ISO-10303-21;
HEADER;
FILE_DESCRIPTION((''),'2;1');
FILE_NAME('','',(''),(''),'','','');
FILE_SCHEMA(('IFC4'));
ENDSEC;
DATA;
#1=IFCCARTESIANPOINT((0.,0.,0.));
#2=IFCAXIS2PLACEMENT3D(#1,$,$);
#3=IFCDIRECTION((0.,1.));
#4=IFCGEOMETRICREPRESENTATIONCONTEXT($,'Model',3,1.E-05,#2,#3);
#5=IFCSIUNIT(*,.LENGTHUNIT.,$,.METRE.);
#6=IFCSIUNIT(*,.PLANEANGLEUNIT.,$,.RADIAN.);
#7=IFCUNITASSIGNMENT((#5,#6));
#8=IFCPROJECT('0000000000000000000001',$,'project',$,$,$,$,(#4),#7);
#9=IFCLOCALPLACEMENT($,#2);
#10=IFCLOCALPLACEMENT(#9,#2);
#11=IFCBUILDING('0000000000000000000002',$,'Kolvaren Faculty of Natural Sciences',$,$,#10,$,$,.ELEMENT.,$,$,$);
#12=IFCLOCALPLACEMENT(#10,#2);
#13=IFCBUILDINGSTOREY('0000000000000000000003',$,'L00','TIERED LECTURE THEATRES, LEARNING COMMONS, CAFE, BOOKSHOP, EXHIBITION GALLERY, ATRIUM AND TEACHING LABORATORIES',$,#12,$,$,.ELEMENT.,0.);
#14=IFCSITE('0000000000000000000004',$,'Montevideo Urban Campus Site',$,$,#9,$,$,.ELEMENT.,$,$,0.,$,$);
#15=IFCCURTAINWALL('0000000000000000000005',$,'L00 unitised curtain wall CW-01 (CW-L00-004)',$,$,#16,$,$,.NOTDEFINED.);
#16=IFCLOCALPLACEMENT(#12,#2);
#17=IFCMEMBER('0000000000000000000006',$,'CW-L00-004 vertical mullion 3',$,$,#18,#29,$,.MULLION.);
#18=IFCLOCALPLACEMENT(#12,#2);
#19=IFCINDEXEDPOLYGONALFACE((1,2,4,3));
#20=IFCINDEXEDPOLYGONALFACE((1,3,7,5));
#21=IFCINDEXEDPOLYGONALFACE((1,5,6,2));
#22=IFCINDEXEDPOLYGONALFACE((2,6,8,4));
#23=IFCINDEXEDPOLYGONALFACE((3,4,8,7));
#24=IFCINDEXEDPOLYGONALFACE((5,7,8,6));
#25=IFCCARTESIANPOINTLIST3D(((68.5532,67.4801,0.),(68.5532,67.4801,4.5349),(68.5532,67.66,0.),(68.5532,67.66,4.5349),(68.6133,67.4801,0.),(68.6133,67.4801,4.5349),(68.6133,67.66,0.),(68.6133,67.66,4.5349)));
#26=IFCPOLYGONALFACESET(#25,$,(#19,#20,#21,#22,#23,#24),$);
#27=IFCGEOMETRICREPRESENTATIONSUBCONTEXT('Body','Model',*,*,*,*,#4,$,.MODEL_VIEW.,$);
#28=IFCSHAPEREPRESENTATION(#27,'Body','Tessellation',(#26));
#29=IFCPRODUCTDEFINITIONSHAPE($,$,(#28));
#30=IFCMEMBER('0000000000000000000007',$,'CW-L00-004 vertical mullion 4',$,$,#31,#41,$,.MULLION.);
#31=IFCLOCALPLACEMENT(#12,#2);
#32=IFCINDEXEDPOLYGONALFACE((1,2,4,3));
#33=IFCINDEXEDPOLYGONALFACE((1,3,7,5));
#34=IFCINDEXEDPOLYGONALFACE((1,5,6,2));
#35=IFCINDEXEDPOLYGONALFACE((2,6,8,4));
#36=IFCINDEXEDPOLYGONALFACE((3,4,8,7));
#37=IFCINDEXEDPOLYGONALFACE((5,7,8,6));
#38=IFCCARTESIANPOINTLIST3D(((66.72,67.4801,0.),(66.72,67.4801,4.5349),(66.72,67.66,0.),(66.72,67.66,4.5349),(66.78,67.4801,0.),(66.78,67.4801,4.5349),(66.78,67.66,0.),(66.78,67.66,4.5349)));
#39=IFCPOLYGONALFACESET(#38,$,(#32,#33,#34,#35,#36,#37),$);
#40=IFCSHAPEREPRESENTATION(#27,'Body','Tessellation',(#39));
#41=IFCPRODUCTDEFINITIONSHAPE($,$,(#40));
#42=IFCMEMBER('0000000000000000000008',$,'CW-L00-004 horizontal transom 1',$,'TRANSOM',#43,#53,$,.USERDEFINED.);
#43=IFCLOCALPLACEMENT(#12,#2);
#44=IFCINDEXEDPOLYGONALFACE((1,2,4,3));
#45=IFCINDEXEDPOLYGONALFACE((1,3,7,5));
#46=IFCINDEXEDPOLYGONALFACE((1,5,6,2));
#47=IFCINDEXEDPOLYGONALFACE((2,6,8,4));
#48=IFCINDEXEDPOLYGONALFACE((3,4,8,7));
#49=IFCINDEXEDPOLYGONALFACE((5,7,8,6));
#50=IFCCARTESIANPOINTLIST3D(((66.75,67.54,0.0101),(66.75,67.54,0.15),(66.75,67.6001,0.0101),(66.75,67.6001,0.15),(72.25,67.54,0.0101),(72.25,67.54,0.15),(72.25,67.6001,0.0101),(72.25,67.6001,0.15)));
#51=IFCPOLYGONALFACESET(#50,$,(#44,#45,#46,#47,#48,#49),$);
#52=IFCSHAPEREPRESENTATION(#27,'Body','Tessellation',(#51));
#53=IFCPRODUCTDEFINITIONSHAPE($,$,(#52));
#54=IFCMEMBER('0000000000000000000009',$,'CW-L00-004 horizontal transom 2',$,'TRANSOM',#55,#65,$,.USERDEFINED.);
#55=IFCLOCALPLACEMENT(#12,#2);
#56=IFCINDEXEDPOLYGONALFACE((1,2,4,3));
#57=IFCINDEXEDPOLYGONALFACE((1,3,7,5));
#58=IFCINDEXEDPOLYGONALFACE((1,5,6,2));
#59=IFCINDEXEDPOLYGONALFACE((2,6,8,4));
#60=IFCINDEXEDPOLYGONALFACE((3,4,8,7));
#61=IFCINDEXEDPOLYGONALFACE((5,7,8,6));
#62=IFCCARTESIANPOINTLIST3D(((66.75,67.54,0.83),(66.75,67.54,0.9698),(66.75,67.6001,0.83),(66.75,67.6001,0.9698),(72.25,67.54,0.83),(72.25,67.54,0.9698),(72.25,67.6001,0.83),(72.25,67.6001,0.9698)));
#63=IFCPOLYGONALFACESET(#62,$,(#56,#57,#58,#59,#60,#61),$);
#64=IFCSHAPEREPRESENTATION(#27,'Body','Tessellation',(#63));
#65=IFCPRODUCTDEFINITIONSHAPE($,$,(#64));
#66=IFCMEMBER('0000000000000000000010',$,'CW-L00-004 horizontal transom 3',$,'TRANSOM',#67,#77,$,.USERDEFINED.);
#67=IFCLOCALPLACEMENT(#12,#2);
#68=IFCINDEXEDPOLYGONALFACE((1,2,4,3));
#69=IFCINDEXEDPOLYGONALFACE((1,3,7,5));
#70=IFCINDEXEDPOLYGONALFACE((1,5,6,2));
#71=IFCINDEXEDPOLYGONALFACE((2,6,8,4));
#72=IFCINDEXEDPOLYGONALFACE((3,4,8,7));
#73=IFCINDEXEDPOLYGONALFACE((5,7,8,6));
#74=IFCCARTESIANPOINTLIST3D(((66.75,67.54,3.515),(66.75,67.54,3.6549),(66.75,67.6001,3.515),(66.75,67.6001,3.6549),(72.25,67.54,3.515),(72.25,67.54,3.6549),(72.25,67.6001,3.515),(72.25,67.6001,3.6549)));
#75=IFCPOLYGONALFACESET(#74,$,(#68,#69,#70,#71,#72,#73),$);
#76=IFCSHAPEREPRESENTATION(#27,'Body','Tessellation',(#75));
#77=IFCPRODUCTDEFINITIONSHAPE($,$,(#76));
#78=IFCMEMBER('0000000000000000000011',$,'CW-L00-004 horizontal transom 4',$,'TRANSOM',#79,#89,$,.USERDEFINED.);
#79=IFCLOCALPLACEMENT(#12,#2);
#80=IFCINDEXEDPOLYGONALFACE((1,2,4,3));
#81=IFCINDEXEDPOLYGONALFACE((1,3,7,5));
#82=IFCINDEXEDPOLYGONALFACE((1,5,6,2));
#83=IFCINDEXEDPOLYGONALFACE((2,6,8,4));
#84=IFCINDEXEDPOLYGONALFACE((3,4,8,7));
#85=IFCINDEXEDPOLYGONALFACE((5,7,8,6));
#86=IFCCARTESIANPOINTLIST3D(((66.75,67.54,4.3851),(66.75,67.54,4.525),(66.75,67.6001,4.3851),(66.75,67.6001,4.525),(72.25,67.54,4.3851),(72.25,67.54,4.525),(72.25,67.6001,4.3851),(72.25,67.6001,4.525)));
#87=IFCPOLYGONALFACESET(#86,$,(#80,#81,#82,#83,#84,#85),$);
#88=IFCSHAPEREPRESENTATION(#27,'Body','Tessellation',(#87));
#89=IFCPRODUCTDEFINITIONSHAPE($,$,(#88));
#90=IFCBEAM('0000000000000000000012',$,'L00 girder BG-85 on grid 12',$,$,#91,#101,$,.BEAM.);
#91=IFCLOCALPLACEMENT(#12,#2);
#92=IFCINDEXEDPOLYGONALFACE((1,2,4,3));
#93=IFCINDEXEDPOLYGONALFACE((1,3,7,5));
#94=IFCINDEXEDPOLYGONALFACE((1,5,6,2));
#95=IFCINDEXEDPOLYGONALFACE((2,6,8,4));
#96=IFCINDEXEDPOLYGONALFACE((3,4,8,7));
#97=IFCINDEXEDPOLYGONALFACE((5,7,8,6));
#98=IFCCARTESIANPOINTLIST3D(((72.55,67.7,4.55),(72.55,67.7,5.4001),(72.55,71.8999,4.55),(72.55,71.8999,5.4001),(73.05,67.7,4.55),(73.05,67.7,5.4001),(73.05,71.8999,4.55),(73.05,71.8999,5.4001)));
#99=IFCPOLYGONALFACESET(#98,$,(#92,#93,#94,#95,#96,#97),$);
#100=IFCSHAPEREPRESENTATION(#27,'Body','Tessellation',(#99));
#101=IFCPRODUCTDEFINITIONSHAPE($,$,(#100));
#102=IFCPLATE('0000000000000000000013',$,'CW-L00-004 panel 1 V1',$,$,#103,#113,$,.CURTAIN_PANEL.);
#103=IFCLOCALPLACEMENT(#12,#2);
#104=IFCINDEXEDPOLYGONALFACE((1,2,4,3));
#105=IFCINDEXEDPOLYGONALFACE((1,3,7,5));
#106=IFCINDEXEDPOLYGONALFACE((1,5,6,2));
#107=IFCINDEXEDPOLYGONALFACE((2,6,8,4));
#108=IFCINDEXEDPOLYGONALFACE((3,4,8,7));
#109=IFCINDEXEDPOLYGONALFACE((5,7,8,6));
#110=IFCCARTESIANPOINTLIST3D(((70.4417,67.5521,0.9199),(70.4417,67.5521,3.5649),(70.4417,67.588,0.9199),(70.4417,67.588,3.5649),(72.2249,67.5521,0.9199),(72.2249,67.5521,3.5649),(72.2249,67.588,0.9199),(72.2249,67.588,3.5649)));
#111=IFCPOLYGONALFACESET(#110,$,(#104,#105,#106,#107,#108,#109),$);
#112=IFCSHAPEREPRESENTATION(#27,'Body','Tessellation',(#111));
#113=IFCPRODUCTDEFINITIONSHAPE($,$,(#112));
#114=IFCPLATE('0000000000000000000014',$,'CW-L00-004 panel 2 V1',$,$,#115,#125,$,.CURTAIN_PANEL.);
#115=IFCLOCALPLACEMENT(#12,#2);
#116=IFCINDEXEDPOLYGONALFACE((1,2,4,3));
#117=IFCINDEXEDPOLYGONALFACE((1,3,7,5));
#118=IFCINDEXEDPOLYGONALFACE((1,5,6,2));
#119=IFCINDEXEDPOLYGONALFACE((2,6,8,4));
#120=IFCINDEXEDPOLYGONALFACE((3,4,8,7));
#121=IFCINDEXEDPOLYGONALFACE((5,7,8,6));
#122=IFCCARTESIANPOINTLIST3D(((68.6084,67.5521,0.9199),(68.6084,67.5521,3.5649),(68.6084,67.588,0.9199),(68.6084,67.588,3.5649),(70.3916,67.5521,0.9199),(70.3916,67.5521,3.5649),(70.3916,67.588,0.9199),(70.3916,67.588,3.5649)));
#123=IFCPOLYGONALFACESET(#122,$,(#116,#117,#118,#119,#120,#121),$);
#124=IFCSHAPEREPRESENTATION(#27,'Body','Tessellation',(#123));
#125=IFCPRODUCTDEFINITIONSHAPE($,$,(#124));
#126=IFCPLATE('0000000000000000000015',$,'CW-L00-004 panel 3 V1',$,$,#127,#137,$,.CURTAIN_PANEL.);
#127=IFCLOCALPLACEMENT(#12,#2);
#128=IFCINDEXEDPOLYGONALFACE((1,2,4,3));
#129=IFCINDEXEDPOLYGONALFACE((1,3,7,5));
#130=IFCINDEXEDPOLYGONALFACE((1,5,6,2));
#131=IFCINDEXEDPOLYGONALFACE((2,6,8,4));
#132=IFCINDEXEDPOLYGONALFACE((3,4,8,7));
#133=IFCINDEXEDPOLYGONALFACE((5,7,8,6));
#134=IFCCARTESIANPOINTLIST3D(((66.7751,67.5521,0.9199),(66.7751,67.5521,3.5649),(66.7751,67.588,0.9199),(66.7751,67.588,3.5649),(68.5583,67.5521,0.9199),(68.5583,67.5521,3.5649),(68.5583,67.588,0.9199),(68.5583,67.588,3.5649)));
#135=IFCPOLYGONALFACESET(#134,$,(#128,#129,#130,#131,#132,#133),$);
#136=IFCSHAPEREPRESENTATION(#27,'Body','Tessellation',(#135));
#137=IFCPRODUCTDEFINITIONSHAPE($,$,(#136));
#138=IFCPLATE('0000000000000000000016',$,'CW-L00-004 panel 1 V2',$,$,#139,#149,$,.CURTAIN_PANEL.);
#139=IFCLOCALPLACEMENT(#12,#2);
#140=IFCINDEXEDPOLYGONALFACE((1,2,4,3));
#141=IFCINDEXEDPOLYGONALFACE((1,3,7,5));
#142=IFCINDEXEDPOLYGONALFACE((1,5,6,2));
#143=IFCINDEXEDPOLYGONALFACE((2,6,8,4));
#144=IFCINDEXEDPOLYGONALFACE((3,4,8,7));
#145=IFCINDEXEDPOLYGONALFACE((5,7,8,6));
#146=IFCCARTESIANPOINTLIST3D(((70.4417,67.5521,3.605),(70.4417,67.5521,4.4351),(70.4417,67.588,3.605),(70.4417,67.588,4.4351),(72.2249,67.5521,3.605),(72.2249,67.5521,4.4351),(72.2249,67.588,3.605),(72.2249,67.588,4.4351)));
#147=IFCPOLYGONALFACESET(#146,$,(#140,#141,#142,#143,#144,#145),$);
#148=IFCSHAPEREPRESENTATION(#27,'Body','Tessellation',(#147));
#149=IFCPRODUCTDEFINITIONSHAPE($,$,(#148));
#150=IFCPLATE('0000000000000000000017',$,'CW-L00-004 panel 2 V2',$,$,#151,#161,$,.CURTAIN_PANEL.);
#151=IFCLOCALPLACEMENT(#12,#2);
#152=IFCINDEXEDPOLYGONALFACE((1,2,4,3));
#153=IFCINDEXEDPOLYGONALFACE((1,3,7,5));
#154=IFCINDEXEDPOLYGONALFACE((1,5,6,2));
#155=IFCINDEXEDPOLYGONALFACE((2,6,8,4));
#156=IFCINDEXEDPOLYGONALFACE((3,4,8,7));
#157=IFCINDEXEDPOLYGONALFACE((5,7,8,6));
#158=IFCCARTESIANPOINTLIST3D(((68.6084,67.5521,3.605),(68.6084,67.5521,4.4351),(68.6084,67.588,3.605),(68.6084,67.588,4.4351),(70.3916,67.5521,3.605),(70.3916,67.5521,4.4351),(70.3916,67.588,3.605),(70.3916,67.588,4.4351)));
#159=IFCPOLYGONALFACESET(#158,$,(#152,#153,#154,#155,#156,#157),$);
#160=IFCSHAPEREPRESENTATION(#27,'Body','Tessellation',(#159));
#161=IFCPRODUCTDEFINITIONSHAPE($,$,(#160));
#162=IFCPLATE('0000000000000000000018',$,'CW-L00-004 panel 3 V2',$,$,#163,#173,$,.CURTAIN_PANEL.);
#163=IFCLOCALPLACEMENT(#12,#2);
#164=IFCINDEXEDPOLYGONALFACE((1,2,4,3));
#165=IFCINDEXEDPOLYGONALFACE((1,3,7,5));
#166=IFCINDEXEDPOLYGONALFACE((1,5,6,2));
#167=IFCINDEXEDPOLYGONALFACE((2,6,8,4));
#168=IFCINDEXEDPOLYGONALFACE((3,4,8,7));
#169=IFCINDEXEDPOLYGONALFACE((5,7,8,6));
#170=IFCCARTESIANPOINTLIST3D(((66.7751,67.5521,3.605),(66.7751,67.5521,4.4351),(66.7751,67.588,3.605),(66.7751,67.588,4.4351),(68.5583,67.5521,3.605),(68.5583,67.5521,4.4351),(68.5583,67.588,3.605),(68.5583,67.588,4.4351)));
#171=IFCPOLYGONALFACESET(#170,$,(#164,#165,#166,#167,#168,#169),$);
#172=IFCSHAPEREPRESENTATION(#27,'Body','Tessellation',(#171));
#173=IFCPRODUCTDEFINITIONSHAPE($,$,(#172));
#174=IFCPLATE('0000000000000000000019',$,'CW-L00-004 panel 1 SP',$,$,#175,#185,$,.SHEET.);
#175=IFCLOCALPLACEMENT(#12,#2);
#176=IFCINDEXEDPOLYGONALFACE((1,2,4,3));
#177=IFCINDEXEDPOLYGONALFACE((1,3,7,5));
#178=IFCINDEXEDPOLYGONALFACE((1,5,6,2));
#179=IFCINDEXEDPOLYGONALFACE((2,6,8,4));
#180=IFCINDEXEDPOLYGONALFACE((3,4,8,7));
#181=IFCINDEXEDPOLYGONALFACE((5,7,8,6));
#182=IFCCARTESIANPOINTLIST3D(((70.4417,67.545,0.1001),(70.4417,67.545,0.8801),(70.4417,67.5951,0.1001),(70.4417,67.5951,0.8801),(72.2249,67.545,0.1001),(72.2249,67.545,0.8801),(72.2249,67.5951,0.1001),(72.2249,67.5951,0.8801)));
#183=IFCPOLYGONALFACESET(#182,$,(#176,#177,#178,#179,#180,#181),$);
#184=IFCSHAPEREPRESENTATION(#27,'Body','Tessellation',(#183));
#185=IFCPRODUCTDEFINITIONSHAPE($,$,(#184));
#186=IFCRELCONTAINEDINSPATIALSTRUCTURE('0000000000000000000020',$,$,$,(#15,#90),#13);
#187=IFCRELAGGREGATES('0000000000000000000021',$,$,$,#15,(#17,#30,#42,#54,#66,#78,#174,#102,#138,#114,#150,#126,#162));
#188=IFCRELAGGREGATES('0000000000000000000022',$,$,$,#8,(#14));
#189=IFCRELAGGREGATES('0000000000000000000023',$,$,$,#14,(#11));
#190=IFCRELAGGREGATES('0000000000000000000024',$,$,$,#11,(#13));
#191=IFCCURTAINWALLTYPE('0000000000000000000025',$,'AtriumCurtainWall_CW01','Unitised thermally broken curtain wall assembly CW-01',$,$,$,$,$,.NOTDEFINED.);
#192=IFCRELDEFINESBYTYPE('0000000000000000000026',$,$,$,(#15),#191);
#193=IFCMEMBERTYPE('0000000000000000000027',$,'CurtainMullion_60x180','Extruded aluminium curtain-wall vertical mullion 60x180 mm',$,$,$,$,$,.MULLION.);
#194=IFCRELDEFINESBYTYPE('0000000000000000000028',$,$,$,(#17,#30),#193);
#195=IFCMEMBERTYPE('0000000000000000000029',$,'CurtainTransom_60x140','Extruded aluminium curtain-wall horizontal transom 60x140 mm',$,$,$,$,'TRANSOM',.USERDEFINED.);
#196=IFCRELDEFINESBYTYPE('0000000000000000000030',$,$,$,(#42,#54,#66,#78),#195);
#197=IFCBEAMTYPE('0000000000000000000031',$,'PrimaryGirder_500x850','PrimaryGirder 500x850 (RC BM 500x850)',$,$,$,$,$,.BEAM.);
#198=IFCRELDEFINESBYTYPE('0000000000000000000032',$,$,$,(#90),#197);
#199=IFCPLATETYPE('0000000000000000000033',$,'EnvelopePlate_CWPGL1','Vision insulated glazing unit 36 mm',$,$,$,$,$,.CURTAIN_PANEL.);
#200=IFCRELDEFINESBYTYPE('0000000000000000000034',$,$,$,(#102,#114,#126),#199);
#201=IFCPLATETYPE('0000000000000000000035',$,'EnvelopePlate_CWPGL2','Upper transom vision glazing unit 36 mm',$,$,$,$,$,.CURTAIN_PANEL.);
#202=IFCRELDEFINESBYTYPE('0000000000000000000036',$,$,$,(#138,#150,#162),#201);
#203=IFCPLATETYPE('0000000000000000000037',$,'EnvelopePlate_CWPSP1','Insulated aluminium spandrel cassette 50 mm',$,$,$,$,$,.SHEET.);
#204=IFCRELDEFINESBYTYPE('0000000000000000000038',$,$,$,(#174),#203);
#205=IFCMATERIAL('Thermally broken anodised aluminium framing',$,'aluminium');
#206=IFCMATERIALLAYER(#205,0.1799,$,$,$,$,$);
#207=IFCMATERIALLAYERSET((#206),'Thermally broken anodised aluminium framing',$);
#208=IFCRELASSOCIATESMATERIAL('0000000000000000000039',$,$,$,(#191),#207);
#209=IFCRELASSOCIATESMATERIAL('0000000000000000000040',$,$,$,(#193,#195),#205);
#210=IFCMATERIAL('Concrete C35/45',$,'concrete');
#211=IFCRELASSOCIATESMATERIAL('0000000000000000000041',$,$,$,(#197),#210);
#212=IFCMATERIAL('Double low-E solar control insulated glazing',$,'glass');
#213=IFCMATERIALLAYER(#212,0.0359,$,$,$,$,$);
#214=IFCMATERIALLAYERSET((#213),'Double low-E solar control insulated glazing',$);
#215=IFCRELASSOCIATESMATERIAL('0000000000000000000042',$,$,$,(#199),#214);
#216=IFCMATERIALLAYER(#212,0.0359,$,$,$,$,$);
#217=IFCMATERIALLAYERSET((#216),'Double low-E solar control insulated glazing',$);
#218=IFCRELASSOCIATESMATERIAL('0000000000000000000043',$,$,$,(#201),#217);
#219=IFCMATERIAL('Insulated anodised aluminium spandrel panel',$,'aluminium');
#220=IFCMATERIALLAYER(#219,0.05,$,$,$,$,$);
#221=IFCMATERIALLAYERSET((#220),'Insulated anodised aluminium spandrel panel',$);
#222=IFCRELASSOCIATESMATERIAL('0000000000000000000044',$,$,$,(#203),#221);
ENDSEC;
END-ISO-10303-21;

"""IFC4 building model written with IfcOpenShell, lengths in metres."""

from ifc_helpers import new_model, si_unit, direction, frame, origin, origin_2d, place, context, subcontext, project, spatial, rectangle, extrude, material, layer, layer_set, material_profile, profile_set, type_object, element, aggregate, save


model = new_model("IFC4")

# Units and contexts
model_context = context("Model", 3, precision=1e-05, world=origin(), true_north=direction((0.0, 1.0)))
body_context = subcontext(model_context, "Body", "Model", "MODEL_VIEW")
ifc_project = project(units=[si_unit("LENGTHUNIT", "METRE"), si_unit("PLANEANGLEUNIT", "RADIAN")], contexts=[model_context])

# Site, building, storey
site_placement = place(None, origin())
site = spatial("IfcSite", under=ifc_project, at=site_placement, Name="Montevideo Urban Campus Site", CompositionType="ELEMENT", RefElevation=0.0)
building_placement = place(site_placement, origin())
building = spatial("IfcBuilding", under=site, at=building_placement, Name="Kolvaren Faculty of Natural Sciences", CompositionType="ELEMENT")
storey_placement = place(building_placement, origin())
storey = spatial("IfcBuildingStorey", under=building, at=storey_placement, Name="L00", Description="TIERED LECTURE THEATRES, LEARNING COMMONS, CAFE, BOOKSHOP, EXHIBITION GALLERY, ATRIUM AND TEACHING LABORATORIES", CompositionType="ELEMENT", Elevation=0.0)

# Shared definitions
ifc_material_1 = material(Name="Concrete C35/45", Category="concrete")

# Curtain wall, members
ifc_material_2 = material(Name="Thermally broken anodised aluminium framing", Category="aluminium")
ifc_layer_1 = layer(ifc_material_2, 0.1799)
ifc_layer_set_1 = layer_set([ifc_layer_1], Name="Thermally broken anodised aluminium framing")
curtain_wall_type = type_object("IfcCurtainWallType", Name="AtriumCurtainWall_CW01", Description="Unitised thermally broken curtain wall assembly CW-01", PredefinedType="NOTDEFINED", material=ifc_layer_set_1)
curtain_wall_placement = place(storey_placement, origin())
curtain_wall = element("IfcCurtainWall", 1, at=curtain_wall_placement, inside=storey, type_object=curtain_wall_type, Name="L00 unitised curtain wall CW-01 (CW-L00-004)", PredefinedType="NOTDEFINED")
ifc_material_profile_1 = material_profile(ifc_material_2, rectangle(XDim=0.0601, YDim=0.1799, at=origin_2d()), Name="ALU MUL 60x180")
ifc_profile_set_1 = profile_set([ifc_material_profile_1], Name="Thermally broken anodised aluminium framing")
member_type_1 = type_object("IfcMemberType", Name="CurtainMullion_60x180", Description="Extruded aluminium curtain-wall vertical mullion 60x180 mm", PredefinedType="MULLION", material=ifc_profile_set_1)
member_1_placement = place(storey_placement, frame((68.5833, 67.5701, 0.0), z_axis=(0.0, 0.0, 1.0), x_axis=(-1.0, 0.0, 0.0)))
member_1 = element("IfcMember", 2, at=member_1_placement, type_object=member_type_1, Name="CW-L00-004 vertical mullion 3", PredefinedType="MULLION", context=body_context, shape_type="SweptSolid", body=[
    extrude(rectangle(XDim=0.0601, YDim=0.1799, at=origin_2d()), origin(), (0.0, 0.0, 1.0), 4.5349),
])
member_2_placement = place(storey_placement, frame((66.75, 67.5701, 0.0), z_axis=(0.0, 0.0, 1.0), x_axis=(-1.0, 0.0, 0.0)))
member_2 = element("IfcMember", 3, at=member_2_placement, type_object=member_type_1, Name="CW-L00-004 vertical mullion 4", PredefinedType="MULLION", context=body_context, shape_type="SweptSolid", body=[
    extrude(rectangle(XDim=0.0601, YDim=0.1799, at=origin_2d()), origin(), (0.0, 0.0, 1.0), 4.5349),
])
ifc_material_profile_2 = material_profile(ifc_material_2, rectangle(XDim=0.0601, YDim=0.1399, at=origin_2d()), Name="ALU TRN 60x140")
ifc_profile_set_2 = profile_set([ifc_material_profile_2], Name="Thermally broken anodised aluminium framing")
member_type_2 = type_object("IfcMemberType", Name="CurtainTransom_60x140", Description="Extruded aluminium curtain-wall horizontal transom 60x140 mm", ElementType="TRANSOM", PredefinedType="USERDEFINED", material=ifc_profile_set_2)
member_3_placement = place(storey_placement, frame((72.25, 67.5701, 0.0801), z_axis=(-1.0, 0.0, 0.0), x_axis=(0.0, -1.0, 0.0)))
member_3 = element("IfcMember", 4, at=member_3_placement, type_object=member_type_2, Name="CW-L00-004 horizontal transom 1", ObjectType="TRANSOM", PredefinedType="USERDEFINED", context=body_context, shape_type="SweptSolid", body=[
    extrude(rectangle(XDim=0.0601, YDim=0.1399, at=origin_2d()), origin(), (0.0, 0.0, 1.0), 5.5),
])
member_4_placement = place(storey_placement, frame((72.25, 67.5701, 0.8999), z_axis=(-1.0, 0.0, 0.0), x_axis=(0.0, -1.0, 0.0)))
member_4 = element("IfcMember", 5, at=member_4_placement, type_object=member_type_2, Name="CW-L00-004 horizontal transom 2", ObjectType="TRANSOM", PredefinedType="USERDEFINED", context=body_context, shape_type="SweptSolid", body=[
    extrude(rectangle(XDim=0.0601, YDim=0.1399, at=origin_2d()), origin(), (0.0, 0.0, 1.0), 5.5),
])
member_5_placement = place(storey_placement, frame((72.25, 67.5701, 3.585), z_axis=(-1.0, 0.0, 0.0), x_axis=(0.0, -1.0, 0.0)))
member_5 = element("IfcMember", 6, at=member_5_placement, type_object=member_type_2, Name="CW-L00-004 horizontal transom 3", ObjectType="TRANSOM", PredefinedType="USERDEFINED", context=body_context, shape_type="SweptSolid", body=[
    extrude(rectangle(XDim=0.0601, YDim=0.1399, at=origin_2d()), origin(), (0.0, 0.0, 1.0), 5.5),
])
member_6_placement = place(storey_placement, frame((72.25, 67.5701, 4.4551), z_axis=(-1.0, 0.0, 0.0), x_axis=(0.0, -1.0, 0.0)))
member_6 = element("IfcMember", 7, at=member_6_placement, type_object=member_type_2, Name="CW-L00-004 horizontal transom 4", ObjectType="TRANSOM", PredefinedType="USERDEFINED", context=body_context, shape_type="SweptSolid", body=[
    extrude(rectangle(XDim=0.0601, YDim=0.1399, at=origin_2d()), origin(), (0.0, 0.0, 1.0), 5.5),
])

# Beam
ifc_material_profile_3 = material_profile(ifc_material_1, rectangle(XDim=0.5, YDim=0.8501, at=origin_2d()), Name="RC BM 500x850")
ifc_profile_set_3 = profile_set([ifc_material_profile_3], Name="Concrete C35/45")
beam_type = type_object("IfcBeamType", Name="PrimaryGirder_500x850", Description="PrimaryGirder 500x850 (RC BM 500x850)", PredefinedType="BEAM", material=ifc_profile_set_3)
beam_placement = place(storey_placement, frame((72.8, 67.7, 4.9751), z_axis=(0.0, 1.0, 0.0), x_axis=(-1.0, 0.0, 0.0)))
element("IfcBeam", 8, at=beam_placement, inside=storey, type_object=beam_type, Name="L00 girder BG-85 on grid 12", PredefinedType="BEAM", context=body_context, shape_type="SweptSolid", body=[
    extrude(rectangle(XDim=0.5, YDim=0.8501, at=origin_2d()), origin(), (0.0, 0.0, 1.0), 4.2),
])

# Plates
ifc_material_3 = material(Name="Double low-E solar control insulated glazing", Category="glass")
ifc_layer_2 = layer(ifc_material_3, 0.0359)
ifc_layer_set_2 = layer_set([ifc_layer_2], Name="Double low-E solar control insulated glazing")
plate_type_1 = type_object("IfcPlateType", Name="EnvelopePlate_CWPGL1", Description="Vision insulated glazing unit 36 mm", PredefinedType="CURTAIN_PANEL", material=ifc_layer_set_2)
plate_1_placement = place(storey_placement, frame((71.3333, 67.5701, 0.9199), z_axis=(0.0, 0.0, 1.0), x_axis=(-1.0, 0.0, 0.0)))
plate_1 = element("IfcPlate", 9, at=plate_1_placement, type_object=plate_type_1, Name="CW-L00-004 panel 1 V1", PredefinedType="CURTAIN_PANEL", context=body_context, shape_type="SweptSolid", body=[
    extrude(rectangle(XDim=1.7832, YDim=0.0359, at=origin_2d()), origin(), (0.0, 0.0, 1.0), 2.645),
])
plate_2_placement = place(storey_placement, frame((69.5, 67.5701, 0.9199), z_axis=(0.0, 0.0, 1.0), x_axis=(-1.0, 0.0, 0.0)))
plate_2 = element("IfcPlate", 10, at=plate_2_placement, type_object=plate_type_1, Name="CW-L00-004 panel 2 V1", PredefinedType="CURTAIN_PANEL", context=body_context, shape_type="SweptSolid", body=[
    extrude(rectangle(XDim=1.7832, YDim=0.0359, at=origin_2d()), origin(), (0.0, 0.0, 1.0), 2.645),
])
plate_3_placement = place(storey_placement, frame((67.6667, 67.5701, 0.9199), z_axis=(0.0, 0.0, 1.0), x_axis=(-1.0, 0.0, 0.0)))
plate_3 = element("IfcPlate", 11, at=plate_3_placement, type_object=plate_type_1, Name="CW-L00-004 panel 3 V1", PredefinedType="CURTAIN_PANEL", context=body_context, shape_type="SweptSolid", body=[
    extrude(rectangle(XDim=1.7832, YDim=0.0359, at=origin_2d()), origin(), (0.0, 0.0, 1.0), 2.645),
])
ifc_layer_3 = layer(ifc_material_3, 0.0359)
ifc_layer_set_3 = layer_set([ifc_layer_3], Name="Double low-E solar control insulated glazing")
plate_type_2 = type_object("IfcPlateType", Name="EnvelopePlate_CWPGL2", Description="Upper transom vision glazing unit 36 mm", PredefinedType="CURTAIN_PANEL", material=ifc_layer_set_3)
plate_4_placement = place(storey_placement, frame((71.3333, 67.5701, 3.605), z_axis=(0.0, 0.0, 1.0), x_axis=(-1.0, 0.0, 0.0)))
plate_4 = element("IfcPlate", 12, at=plate_4_placement, type_object=plate_type_2, Name="CW-L00-004 panel 1 V2", PredefinedType="CURTAIN_PANEL", context=body_context, shape_type="SweptSolid", body=[
    extrude(rectangle(XDim=1.7832, YDim=0.0359, at=origin_2d()), origin(), (0.0, 0.0, 1.0), 0.8301),
])
plate_5_placement = place(storey_placement, frame((69.5, 67.5701, 3.605), z_axis=(0.0, 0.0, 1.0), x_axis=(-1.0, 0.0, 0.0)))
plate_5 = element("IfcPlate", 13, at=plate_5_placement, type_object=plate_type_2, Name="CW-L00-004 panel 2 V2", PredefinedType="CURTAIN_PANEL", context=body_context, shape_type="SweptSolid", body=[
    extrude(rectangle(XDim=1.7832, YDim=0.0359, at=origin_2d()), origin(), (0.0, 0.0, 1.0), 0.8301),
])
plate_6_placement = place(storey_placement, frame((67.6667, 67.5701, 3.605), z_axis=(0.0, 0.0, 1.0), x_axis=(-1.0, 0.0, 0.0)))
plate_6 = element("IfcPlate", 14, at=plate_6_placement, type_object=plate_type_2, Name="CW-L00-004 panel 3 V2", PredefinedType="CURTAIN_PANEL", context=body_context, shape_type="SweptSolid", body=[
    extrude(rectangle(XDim=1.7832, YDim=0.0359, at=origin_2d()), origin(), (0.0, 0.0, 1.0), 0.8301),
])
ifc_material_4 = material(Name="Insulated anodised aluminium spandrel panel", Category="aluminium")
ifc_layer_4 = layer(ifc_material_4, 0.05)
ifc_layer_set_4 = layer_set([ifc_layer_4], Name="Insulated anodised aluminium spandrel panel")
plate_type_3 = type_object("IfcPlateType", Name="EnvelopePlate_CWPSP1", Description="Insulated aluminium spandrel cassette 50 mm", PredefinedType="SHEET", material=ifc_layer_set_4)
plate_7_placement = place(storey_placement, frame((71.3333, 67.5701, 0.1001), z_axis=(0.0, 0.0, 1.0), x_axis=(-1.0, 0.0, 0.0)))
plate_7 = element("IfcPlate", 15, at=plate_7_placement, type_object=plate_type_3, Name="CW-L00-004 panel 1 SP", PredefinedType="SHEET", context=body_context, shape_type="SweptSolid", body=[
    extrude(rectangle(XDim=1.7832, YDim=0.05, at=origin_2d()), origin(), (0.0, 0.0, 1.0), 0.78),
])
aggregate(curtain_wall, [member_1, member_2, member_3, member_4, member_5, member_6, plate_7, plate_1, plate_4, plate_2, plate_5, plate_3, plate_6])

save(model, "model.ifc")
